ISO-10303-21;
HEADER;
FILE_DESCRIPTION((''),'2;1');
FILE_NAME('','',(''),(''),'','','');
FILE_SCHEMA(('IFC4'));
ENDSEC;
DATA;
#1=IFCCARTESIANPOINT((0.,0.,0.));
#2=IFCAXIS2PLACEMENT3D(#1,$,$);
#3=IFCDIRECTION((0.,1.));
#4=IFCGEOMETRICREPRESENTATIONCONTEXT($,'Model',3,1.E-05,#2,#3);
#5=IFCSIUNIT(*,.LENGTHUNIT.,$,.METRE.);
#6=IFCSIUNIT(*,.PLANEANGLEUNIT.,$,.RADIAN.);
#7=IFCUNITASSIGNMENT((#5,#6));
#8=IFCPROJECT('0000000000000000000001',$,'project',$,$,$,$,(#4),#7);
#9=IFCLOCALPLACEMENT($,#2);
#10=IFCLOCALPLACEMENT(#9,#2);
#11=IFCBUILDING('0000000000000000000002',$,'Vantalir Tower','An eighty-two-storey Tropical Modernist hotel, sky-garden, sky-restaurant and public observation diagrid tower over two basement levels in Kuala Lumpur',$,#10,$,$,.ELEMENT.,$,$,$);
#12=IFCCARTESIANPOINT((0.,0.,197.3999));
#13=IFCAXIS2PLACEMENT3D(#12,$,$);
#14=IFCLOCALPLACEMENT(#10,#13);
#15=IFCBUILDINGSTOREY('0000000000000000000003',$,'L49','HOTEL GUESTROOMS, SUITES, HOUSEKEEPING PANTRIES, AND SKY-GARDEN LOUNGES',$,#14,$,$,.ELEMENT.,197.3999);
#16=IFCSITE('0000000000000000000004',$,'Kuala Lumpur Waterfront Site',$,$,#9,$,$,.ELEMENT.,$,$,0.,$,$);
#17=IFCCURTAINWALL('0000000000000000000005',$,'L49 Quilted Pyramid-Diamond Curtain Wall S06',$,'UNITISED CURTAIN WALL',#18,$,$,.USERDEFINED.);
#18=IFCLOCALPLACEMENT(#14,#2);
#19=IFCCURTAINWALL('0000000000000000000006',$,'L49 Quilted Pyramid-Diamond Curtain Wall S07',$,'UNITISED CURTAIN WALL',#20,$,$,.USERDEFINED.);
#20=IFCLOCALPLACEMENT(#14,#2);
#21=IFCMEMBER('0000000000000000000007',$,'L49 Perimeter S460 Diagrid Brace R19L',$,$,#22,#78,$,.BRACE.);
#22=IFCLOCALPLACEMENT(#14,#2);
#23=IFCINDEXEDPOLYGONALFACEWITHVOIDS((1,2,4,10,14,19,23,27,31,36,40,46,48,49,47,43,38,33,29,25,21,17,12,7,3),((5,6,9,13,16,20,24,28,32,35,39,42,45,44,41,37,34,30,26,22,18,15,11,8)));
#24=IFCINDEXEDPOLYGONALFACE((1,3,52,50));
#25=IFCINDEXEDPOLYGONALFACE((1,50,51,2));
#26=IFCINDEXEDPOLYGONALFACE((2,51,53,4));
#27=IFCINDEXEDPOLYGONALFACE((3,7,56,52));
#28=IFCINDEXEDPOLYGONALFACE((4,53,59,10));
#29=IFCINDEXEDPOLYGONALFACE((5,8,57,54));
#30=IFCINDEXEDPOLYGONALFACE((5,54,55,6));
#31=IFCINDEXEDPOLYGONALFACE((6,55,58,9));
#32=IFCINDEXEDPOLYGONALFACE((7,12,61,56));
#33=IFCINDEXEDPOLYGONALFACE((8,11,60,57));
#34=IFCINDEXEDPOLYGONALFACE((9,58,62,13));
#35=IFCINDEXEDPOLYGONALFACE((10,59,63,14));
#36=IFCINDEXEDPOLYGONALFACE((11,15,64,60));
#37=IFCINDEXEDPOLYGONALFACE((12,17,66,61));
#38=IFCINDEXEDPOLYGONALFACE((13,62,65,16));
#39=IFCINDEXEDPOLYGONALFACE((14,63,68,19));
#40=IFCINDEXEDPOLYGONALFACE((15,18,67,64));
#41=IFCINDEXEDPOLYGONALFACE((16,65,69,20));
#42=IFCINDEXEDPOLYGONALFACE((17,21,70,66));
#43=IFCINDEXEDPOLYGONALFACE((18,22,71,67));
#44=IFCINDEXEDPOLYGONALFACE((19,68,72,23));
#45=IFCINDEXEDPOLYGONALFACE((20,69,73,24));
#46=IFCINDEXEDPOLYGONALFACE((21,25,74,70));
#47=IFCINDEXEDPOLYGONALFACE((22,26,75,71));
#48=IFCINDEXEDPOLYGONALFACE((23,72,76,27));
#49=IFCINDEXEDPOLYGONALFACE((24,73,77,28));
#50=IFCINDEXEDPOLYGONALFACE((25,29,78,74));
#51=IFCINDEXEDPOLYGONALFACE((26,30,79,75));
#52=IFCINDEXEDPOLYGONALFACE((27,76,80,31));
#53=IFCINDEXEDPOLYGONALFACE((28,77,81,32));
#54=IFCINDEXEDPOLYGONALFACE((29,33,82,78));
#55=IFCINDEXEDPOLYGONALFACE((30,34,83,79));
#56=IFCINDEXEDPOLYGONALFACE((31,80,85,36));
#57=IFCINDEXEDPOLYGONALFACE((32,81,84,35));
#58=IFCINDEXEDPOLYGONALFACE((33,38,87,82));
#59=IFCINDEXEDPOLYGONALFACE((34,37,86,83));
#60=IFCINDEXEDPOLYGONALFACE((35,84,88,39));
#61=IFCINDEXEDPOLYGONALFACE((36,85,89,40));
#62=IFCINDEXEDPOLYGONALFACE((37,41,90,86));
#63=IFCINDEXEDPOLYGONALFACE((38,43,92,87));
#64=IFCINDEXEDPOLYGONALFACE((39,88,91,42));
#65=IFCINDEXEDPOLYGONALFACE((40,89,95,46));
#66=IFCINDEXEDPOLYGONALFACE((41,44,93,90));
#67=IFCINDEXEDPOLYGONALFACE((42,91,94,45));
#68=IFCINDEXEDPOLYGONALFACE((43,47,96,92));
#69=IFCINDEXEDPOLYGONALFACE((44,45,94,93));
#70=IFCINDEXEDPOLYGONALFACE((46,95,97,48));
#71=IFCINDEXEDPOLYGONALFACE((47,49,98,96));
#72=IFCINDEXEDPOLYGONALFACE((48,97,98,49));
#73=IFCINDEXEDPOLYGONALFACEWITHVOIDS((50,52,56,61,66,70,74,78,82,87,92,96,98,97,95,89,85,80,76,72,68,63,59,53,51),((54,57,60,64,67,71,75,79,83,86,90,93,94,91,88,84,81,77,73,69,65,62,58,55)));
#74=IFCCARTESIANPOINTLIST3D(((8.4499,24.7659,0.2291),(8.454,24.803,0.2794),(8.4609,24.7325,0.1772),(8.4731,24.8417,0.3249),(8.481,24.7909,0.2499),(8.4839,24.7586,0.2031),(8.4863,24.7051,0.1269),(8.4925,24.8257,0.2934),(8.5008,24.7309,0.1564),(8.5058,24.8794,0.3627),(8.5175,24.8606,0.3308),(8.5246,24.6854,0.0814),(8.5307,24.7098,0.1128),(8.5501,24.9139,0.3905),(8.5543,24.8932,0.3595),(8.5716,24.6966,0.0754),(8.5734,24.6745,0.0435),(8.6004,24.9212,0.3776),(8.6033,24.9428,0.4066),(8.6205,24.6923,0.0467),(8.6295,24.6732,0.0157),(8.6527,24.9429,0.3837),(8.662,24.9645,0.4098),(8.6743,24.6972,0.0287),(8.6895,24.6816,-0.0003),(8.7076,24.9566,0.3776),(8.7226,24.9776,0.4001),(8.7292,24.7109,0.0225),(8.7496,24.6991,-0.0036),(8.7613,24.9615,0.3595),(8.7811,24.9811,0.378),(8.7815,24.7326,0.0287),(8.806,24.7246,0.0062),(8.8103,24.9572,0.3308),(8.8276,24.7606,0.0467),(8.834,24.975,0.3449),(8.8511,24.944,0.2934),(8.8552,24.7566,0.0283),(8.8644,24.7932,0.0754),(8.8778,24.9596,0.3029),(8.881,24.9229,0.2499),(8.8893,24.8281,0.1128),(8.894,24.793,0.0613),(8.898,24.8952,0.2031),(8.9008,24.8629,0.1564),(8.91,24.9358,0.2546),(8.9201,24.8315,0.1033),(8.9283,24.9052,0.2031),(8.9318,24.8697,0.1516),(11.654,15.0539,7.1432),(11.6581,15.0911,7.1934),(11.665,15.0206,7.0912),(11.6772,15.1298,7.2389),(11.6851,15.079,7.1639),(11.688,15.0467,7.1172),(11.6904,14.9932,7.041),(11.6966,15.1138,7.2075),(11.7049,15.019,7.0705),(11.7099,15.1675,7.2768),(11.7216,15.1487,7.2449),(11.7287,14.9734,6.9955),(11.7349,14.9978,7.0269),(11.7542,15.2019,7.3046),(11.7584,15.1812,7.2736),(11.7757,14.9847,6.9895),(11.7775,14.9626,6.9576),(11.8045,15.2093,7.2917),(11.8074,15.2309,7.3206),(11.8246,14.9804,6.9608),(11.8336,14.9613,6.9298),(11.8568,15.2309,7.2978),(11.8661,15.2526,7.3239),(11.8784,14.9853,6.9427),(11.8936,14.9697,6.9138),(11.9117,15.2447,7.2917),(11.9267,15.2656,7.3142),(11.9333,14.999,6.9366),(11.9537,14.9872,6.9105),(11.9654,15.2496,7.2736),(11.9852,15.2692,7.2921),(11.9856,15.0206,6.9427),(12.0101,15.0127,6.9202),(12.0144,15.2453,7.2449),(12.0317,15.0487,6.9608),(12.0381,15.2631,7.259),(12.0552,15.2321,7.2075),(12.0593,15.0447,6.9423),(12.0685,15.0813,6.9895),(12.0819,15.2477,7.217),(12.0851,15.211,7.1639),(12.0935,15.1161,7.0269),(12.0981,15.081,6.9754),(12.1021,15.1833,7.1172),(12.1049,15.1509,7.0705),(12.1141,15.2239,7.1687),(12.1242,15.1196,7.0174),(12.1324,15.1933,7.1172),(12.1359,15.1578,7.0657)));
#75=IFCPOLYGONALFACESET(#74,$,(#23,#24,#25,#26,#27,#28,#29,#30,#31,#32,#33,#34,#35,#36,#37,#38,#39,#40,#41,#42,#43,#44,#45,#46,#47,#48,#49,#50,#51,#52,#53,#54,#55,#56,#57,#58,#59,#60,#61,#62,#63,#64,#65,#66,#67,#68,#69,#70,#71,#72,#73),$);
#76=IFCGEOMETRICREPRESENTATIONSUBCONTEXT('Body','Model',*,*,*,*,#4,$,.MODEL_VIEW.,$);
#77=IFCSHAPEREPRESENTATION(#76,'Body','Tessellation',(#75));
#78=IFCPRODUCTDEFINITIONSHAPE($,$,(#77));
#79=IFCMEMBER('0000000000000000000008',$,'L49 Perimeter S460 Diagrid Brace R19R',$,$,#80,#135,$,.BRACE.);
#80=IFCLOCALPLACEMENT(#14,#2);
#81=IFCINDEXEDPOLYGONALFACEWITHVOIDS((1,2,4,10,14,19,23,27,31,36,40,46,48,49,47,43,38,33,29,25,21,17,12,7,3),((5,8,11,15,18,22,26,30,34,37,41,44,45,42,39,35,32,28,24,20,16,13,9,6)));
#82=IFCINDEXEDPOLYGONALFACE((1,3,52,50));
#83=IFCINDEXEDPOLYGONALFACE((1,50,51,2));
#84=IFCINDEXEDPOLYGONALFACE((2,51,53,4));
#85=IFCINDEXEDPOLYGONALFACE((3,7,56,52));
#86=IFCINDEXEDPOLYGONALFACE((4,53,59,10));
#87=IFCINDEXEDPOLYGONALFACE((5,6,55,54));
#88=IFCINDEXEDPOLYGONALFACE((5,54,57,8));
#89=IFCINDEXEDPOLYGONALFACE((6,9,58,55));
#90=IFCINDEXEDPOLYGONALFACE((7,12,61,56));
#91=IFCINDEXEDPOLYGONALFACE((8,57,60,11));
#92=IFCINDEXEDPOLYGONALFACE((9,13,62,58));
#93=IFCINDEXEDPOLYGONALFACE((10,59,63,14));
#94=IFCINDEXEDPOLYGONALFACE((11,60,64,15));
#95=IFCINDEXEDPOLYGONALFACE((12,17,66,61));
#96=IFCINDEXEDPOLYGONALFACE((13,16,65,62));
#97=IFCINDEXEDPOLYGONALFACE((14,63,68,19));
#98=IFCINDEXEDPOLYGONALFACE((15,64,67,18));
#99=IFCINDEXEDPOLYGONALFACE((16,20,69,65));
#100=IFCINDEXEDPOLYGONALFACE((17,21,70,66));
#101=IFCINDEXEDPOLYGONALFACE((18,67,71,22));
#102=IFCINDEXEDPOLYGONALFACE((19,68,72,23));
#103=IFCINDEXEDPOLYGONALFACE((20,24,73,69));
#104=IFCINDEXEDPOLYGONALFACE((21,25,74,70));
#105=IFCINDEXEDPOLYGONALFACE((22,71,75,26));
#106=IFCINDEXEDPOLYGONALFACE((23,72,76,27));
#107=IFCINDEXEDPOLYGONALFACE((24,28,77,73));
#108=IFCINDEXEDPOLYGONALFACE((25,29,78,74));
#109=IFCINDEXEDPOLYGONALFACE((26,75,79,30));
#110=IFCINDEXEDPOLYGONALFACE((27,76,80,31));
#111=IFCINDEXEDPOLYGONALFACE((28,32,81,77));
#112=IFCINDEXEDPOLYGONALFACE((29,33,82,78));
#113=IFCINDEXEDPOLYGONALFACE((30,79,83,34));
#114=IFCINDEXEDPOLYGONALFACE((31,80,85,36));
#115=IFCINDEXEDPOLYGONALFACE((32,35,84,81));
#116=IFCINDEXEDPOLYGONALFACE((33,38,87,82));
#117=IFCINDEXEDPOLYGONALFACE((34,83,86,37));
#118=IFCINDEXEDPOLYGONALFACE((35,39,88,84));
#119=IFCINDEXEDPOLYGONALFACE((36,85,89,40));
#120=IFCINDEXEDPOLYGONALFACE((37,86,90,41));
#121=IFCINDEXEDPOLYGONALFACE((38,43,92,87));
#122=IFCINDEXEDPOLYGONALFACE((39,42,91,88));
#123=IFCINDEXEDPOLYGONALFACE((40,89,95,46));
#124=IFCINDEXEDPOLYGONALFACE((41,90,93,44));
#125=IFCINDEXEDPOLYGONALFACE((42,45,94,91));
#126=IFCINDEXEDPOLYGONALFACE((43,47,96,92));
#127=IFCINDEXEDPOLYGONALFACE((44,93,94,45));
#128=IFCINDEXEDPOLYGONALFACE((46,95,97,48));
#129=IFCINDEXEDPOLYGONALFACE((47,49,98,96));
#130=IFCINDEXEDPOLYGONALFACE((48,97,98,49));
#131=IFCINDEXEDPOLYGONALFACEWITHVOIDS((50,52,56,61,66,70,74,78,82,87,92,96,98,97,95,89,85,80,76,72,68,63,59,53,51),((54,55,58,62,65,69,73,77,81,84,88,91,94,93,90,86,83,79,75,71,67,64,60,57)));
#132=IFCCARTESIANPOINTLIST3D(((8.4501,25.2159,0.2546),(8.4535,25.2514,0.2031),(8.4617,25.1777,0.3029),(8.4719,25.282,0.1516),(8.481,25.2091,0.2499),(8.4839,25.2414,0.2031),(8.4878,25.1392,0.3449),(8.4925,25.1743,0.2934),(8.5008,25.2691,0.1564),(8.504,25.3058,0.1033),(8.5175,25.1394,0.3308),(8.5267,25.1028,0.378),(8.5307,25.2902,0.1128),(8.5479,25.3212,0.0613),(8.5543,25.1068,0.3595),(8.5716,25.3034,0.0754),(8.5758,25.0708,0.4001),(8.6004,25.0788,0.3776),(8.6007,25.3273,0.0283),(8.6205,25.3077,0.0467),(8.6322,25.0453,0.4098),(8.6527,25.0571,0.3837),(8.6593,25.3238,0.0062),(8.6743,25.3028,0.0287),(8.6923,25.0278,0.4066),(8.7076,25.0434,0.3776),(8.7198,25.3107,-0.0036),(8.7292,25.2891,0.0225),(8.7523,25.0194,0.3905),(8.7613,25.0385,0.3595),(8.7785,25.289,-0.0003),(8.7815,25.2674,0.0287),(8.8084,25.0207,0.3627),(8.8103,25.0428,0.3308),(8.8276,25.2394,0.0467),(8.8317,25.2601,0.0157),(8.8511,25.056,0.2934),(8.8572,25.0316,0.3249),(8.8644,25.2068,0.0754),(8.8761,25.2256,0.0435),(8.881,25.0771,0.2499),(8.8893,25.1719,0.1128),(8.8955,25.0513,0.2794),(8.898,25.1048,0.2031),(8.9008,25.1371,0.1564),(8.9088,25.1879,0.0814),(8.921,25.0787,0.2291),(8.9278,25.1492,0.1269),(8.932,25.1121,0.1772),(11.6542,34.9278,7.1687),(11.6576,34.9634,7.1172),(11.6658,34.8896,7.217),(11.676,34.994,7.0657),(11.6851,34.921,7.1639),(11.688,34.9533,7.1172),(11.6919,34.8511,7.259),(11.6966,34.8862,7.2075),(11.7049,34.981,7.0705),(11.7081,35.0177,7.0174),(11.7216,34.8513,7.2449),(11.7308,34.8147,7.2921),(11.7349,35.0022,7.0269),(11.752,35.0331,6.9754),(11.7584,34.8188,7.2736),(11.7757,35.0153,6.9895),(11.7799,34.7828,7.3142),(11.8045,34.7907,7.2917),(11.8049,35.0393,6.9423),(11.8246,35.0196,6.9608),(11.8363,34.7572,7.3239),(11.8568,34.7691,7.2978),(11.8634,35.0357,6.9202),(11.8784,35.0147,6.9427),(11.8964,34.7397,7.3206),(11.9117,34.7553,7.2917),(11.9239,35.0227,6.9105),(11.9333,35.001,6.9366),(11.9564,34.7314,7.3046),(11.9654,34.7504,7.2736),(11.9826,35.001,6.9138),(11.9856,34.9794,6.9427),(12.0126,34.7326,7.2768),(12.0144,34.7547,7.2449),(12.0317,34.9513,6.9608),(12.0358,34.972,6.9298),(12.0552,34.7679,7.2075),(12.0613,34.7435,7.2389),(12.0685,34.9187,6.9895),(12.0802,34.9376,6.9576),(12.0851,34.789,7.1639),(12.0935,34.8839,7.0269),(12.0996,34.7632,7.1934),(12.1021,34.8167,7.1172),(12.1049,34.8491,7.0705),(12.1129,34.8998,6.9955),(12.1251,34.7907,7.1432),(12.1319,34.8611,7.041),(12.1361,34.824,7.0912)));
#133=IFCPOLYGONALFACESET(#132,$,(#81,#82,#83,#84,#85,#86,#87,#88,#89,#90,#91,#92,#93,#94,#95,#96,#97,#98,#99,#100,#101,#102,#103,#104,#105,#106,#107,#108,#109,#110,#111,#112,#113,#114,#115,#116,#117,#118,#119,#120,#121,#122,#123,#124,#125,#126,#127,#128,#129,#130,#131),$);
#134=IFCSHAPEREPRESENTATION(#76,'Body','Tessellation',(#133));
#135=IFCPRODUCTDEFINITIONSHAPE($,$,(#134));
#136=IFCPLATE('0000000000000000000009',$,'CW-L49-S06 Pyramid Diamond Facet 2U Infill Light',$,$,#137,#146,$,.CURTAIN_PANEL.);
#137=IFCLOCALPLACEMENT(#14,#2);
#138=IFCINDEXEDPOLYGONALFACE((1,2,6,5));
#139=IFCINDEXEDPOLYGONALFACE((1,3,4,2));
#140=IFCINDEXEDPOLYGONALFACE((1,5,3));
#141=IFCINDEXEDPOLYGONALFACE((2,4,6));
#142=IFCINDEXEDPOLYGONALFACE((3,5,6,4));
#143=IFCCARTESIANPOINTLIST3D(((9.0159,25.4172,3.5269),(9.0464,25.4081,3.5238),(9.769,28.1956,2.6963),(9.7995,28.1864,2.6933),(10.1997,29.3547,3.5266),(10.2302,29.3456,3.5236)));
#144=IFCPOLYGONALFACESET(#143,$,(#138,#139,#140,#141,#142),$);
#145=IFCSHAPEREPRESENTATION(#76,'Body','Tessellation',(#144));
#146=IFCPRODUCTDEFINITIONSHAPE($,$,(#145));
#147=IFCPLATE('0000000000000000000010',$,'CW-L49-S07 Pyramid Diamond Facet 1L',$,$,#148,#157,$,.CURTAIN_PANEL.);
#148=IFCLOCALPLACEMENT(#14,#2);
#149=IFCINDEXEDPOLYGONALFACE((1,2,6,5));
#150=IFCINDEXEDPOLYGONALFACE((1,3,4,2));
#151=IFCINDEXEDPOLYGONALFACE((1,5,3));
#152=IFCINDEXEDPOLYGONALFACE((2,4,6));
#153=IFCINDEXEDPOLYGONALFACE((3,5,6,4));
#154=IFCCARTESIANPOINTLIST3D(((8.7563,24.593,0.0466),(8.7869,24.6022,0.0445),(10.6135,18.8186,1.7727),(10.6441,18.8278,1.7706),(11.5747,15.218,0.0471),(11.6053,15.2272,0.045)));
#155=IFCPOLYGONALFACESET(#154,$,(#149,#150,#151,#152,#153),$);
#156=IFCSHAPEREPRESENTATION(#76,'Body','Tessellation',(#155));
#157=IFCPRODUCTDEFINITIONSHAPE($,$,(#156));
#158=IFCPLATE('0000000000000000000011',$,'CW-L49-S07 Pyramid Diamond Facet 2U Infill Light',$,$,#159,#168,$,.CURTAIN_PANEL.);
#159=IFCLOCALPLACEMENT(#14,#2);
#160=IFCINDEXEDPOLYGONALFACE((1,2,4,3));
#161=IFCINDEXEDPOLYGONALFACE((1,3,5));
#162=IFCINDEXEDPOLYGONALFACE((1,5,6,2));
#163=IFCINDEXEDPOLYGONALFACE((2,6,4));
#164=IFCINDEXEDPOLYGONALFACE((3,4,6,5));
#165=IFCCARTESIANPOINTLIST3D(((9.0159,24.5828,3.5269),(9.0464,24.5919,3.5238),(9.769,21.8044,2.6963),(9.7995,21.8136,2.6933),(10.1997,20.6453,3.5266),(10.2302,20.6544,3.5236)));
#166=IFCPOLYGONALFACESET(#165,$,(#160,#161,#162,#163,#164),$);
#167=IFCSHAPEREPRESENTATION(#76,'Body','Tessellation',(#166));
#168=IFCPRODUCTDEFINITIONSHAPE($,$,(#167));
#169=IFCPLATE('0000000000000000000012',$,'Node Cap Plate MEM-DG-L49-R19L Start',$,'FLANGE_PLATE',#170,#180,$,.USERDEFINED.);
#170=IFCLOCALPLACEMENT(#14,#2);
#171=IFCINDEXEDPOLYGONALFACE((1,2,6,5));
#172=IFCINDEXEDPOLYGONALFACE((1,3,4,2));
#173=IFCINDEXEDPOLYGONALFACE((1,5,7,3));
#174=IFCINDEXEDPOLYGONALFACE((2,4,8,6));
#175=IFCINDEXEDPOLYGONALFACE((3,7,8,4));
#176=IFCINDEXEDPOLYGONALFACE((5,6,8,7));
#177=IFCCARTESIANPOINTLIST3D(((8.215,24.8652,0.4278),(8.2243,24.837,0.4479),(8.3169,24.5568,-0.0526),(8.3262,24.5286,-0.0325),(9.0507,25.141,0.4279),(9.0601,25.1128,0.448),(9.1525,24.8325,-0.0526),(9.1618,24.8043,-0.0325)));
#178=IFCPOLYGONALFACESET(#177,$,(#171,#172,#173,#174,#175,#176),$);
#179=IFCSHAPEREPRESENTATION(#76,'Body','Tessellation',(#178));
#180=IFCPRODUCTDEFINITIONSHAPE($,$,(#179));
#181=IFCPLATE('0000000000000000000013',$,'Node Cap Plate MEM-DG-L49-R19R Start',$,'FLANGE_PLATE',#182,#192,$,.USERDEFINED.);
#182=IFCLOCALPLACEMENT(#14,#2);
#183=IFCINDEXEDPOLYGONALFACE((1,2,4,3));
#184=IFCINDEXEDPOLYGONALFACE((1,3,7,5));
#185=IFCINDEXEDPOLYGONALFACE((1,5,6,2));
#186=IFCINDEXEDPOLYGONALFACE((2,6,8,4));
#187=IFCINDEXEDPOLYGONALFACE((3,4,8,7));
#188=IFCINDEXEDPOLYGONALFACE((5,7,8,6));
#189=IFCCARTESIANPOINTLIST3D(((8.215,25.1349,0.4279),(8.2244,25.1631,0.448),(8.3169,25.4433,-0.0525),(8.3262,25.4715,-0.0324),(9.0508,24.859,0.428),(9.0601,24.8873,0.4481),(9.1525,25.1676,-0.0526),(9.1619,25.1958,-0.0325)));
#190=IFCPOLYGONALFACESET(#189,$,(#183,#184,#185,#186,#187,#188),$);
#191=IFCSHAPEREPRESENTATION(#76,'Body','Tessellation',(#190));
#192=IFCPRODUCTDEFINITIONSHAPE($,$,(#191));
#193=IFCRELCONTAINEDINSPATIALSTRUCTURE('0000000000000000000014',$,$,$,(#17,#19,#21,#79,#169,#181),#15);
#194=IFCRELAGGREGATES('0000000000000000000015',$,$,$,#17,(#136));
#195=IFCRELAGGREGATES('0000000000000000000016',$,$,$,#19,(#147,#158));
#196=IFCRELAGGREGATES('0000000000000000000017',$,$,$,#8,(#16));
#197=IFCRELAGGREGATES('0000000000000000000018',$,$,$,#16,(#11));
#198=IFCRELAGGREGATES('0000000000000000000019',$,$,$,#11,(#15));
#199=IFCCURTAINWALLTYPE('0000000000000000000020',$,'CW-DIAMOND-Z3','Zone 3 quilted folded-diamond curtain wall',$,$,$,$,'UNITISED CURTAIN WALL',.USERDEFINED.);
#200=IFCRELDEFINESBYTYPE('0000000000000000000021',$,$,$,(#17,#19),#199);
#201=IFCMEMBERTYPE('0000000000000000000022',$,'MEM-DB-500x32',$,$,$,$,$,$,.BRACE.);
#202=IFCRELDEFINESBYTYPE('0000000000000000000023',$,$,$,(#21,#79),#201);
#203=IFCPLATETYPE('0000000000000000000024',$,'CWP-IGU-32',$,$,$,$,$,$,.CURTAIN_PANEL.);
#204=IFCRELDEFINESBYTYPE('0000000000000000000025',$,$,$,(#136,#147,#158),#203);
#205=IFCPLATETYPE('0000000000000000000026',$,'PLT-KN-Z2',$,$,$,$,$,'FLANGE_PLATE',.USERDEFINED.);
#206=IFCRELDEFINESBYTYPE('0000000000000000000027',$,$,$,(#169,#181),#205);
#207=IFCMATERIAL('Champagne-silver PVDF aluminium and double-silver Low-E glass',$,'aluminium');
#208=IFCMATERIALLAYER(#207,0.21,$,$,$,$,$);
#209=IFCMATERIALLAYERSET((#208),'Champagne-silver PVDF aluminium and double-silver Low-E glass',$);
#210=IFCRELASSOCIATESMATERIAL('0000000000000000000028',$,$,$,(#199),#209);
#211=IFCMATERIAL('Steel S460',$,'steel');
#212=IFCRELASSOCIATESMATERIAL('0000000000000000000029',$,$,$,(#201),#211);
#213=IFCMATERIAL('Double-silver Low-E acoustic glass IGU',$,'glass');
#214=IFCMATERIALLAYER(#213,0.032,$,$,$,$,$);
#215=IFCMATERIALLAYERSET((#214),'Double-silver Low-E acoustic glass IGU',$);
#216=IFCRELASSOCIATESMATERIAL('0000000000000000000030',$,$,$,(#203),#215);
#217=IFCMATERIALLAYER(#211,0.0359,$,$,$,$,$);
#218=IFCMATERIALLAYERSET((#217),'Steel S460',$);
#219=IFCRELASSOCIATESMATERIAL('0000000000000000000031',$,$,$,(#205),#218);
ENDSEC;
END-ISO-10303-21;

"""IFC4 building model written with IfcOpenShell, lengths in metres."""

from ifc_helpers import new_model, si_unit, direction, frame, origin, origin_2d, place, context, subcontext, project, spatial, polyline, hollow_circle, outline, extrude, material, layer, layer_set, material_profile, profile_set, type_object, element, aggregate, save


model = new_model("IFC4")

# Units and contexts
model_context = context("Model", 3, precision=1e-05, world=origin(), true_north=direction((0.0, 1.0)))
body_context = subcontext(model_context, "Body", "Model", "MODEL_VIEW")
ifc_project = project(units=[si_unit("LENGTHUNIT", "METRE"), si_unit("PLANEANGLEUNIT", "RADIAN")], contexts=[model_context])

# Site, building, storey
site_placement = place(None, origin())
site = spatial("IfcSite", under=ifc_project, at=site_placement, Name="Kuala Lumpur Waterfront Site", CompositionType="ELEMENT", RefElevation=0.0)
building_placement = place(site_placement, origin())
building = spatial("IfcBuilding", under=site, at=building_placement, Name="Vantalir Tower", Description="An eighty-two-storey Tropical Modernist hotel, sky-garden, sky-restaurant and public observation diagrid tower over two basement levels in Kuala Lumpur", CompositionType="ELEMENT")
storey_placement = place(building_placement, frame((0.0, 0.0, 197.3999)))
storey = spatial("IfcBuildingStorey", under=building, at=storey_placement, Name="L49", Description="HOTEL GUESTROOMS, SUITES, HOUSEKEEPING PANTRIES, AND SKY-GARDEN LOUNGES", CompositionType="ELEMENT", Elevation=197.3999)

# Shared definitions
ifc_material_1 = material(Name="Steel S460", Category="steel")

# Curtain wall
ifc_material_2 = material(Name="Champagne-silver PVDF aluminium and double-silver Low-E glass", Category="aluminium")
ifc_layer_1 = layer(ifc_material_2, 0.21)
ifc_layer_set_1 = layer_set([ifc_layer_1], Name="Champagne-silver PVDF aluminium and double-silver Low-E glass")
curtain_wall_type = type_object("IfcCurtainWallType", Name="CW-DIAMOND-Z3", Description="Zone 3 quilted folded-diamond curtain wall", ElementType="UNITISED CURTAIN WALL", PredefinedType="USERDEFINED", material=ifc_layer_set_1)
curtain_wall_1_placement = place(storey_placement, origin())
curtain_wall_1 = element("IfcCurtainWall", 1, at=curtain_wall_1_placement, inside=storey, type_object=curtain_wall_type, Name="L49 Quilted Pyramid-Diamond Curtain Wall S06", ObjectType="UNITISED CURTAIN WALL", PredefinedType="USERDEFINED")

# Curtain wall
curtain_wall_2_placement = place(storey_placement, origin())
curtain_wall_2 = element("IfcCurtainWall", 2, at=curtain_wall_2_placement, inside=storey, type_object=curtain_wall_type, Name="L49 Quilted Pyramid-Diamond Curtain Wall S07", ObjectType="UNITISED CURTAIN WALL", PredefinedType="USERDEFINED")

# Members
ifc_material_profile_1 = material_profile(ifc_material_1, hollow_circle(Radius=0.25, WallThickness=0.032, at=origin_2d()), Name="Steel S460")
ifc_profile_set_1 = profile_set([ifc_material_profile_1], Name="Steel S460")
member_type_1 = type_object("IfcMemberType", Name="MEM-DB-500x32", PredefinedType="BRACE", material=ifc_profile_set_1)
for number, where, z_axis, x_axis, name in (
    (3, (8.6909, 24.8269, 0.2031), (0.259553, -0.786727, 0.560083), (0.949653, 0.313304, 0.0), "L49 Perimeter S460 Diagrid Brace R19L"),
    (4, (8.6909, 25.1731, 0.2031), (0.259553, 0.786727, 0.560083), (-0.949653, 0.313304, 0.0), "L49 Perimeter S460 Diagrid Brace R19R"),
):
    element("IfcMember", number, at=place(storey_placement, frame(where, z_axis=z_axis, x_axis=x_axis)), inside=storey, type_object=member_type_1, Name=name, PredefinedType="BRACE", context=body_context, shape_type="SweptSolid", body=[
        extrude(hollow_circle(Radius=0.25, WallThickness=0.032, at=origin_2d()), origin(), (0.0, 0.0, 1.0), 12.3447),
    ])

# Plates
ifc_material_3 = material(Name="Double-silver Low-E acoustic glass IGU", Category="glass")
ifc_layer_2 = layer(ifc_material_3, 0.032)
ifc_layer_set_2 = layer_set([ifc_layer_2], Name="Double-silver Low-E acoustic glass IGU")
plate_type_1 = type_object("IfcPlateType", Name="CWP-IGU-32", PredefinedType="CURTAIN_PANEL", material=ifc_layer_set_2)
plate_1_placement = place(storey_placement, frame((10.1997, 29.3547, 3.5266), z_axis=(-0.953382, 0.286647, 0.094315), x_axis=(-0.287925, -0.957653, 0.000059)))
plate_1 = element("IfcPlate", 5, at=plate_1_placement, type_object=plate_type_1, Name="CW-L49-S06 Pyramid Diamond Facet 2U Infill Light", PredefinedType="CURTAIN_PANEL", context=body_context, shape_type="SweptSolid", body=[
    extrude(outline(polyline([(0.0, 0.0), (4.1116, 0.0), (1.234, -0.8341), (0.0, 0.0)])), origin(), (0.0, 0.0, -1.0), 0.032),
])
aggregate(curtain_wall_1, [plate_1])
plate_2_placement = place(storey_placement, frame((8.7563, 24.593, 0.0466), z_axis=(-0.955502, -0.287244, 0.067129), x_axis=(0.287897, -0.957661, 0.00005)))
plate_2 = element("IfcPlate", 6, at=plate_2_placement, type_object=plate_type_1, Name="CW-L49-S07 Pyramid Diamond Facet 1L", PredefinedType="CURTAIN_PANEL", context=body_context, shape_type="SweptSolid", body=[
    extrude(outline(polyline([(0.0, 0.0), (9.7895, 0.0), (6.0647, 1.7297), (0.0, 0.0)])), origin(), (0.0, 0.0, -1.0), 0.032),
])
plate_3_placement = place(storey_placement, frame((9.0159, 24.5828, 3.5269), z_axis=(-0.953382, -0.286647, 0.094315), x_axis=(0.287925, -0.957653, -0.000059)))
plate_3 = element("IfcPlate", 7, at=plate_3_placement, type_object=plate_type_1, Name="CW-L49-S07 Pyramid Diamond Facet 2U Infill Light", PredefinedType="CURTAIN_PANEL", context=body_context, shape_type="SweptSolid", body=[
    extrude(outline(polyline([(0.0, 0.0), (4.1116, 0.0), (2.8776, -0.8341), (0.0, 0.0)])), origin(), (0.0, 0.0, -1.0), 0.032),
])
aggregate(curtain_wall_2, [plate_2, plate_3])

# Plates
ifc_layer_3 = layer(ifc_material_1, 0.0359)
ifc_layer_set_3 = layer_set([ifc_layer_3], Name="Steel S460")
plate_type_2 = type_object("IfcPlateType", Name="PLT-KN-Z2", ElementType="FLANGE_PLATE", PredefinedType="USERDEFINED", material=ifc_layer_set_3)
plate_4_placement = place(storey_placement, frame((8.3262, 24.5286, -0.0325), z_axis=(0.259593, -0.786709, 0.56009), x_axis=(0.949649, 0.313316, -0.000061)))
element("IfcPlate", 8, at=plate_4_placement, inside=storey, type_object=plate_type_2, Name="Node Cap Plate MEM-DG-L49-R19L Start", ObjectType="FLANGE_PLATE", PredefinedType="USERDEFINED", context=body_context, shape_type="SweptSolid", body=[
    extrude(outline(polyline([(0.0, 0.0), (0.88, 0.0), (0.88, 0.58), (-0.0001, 0.5799), (0.0, 0.0)])), origin(), (0.0, 0.0, -1.0), 0.0359),
])
plate_5_placement = place(storey_placement, frame((9.1619, 25.1958, -0.0325), z_axis=(0.259593, 0.786709, 0.56009), x_axis=(-0.949649, 0.313316, 0.000061)))
element("IfcPlate", 9, at=plate_5_placement, inside=storey, type_object=plate_type_2, Name="Node Cap Plate MEM-DG-L49-R19R Start", ObjectType="FLANGE_PLATE", PredefinedType="USERDEFINED", context=body_context, shape_type="SweptSolid", body=[
    extrude(outline(polyline([(0.0, 0.0), (0.88, 0.0), (0.8801, 0.5799), (0.0, 0.58), (0.0, 0.0)])), origin(), (0.0, 0.0, -1.0), 0.0359),
])

save(model, "model.ifc")
